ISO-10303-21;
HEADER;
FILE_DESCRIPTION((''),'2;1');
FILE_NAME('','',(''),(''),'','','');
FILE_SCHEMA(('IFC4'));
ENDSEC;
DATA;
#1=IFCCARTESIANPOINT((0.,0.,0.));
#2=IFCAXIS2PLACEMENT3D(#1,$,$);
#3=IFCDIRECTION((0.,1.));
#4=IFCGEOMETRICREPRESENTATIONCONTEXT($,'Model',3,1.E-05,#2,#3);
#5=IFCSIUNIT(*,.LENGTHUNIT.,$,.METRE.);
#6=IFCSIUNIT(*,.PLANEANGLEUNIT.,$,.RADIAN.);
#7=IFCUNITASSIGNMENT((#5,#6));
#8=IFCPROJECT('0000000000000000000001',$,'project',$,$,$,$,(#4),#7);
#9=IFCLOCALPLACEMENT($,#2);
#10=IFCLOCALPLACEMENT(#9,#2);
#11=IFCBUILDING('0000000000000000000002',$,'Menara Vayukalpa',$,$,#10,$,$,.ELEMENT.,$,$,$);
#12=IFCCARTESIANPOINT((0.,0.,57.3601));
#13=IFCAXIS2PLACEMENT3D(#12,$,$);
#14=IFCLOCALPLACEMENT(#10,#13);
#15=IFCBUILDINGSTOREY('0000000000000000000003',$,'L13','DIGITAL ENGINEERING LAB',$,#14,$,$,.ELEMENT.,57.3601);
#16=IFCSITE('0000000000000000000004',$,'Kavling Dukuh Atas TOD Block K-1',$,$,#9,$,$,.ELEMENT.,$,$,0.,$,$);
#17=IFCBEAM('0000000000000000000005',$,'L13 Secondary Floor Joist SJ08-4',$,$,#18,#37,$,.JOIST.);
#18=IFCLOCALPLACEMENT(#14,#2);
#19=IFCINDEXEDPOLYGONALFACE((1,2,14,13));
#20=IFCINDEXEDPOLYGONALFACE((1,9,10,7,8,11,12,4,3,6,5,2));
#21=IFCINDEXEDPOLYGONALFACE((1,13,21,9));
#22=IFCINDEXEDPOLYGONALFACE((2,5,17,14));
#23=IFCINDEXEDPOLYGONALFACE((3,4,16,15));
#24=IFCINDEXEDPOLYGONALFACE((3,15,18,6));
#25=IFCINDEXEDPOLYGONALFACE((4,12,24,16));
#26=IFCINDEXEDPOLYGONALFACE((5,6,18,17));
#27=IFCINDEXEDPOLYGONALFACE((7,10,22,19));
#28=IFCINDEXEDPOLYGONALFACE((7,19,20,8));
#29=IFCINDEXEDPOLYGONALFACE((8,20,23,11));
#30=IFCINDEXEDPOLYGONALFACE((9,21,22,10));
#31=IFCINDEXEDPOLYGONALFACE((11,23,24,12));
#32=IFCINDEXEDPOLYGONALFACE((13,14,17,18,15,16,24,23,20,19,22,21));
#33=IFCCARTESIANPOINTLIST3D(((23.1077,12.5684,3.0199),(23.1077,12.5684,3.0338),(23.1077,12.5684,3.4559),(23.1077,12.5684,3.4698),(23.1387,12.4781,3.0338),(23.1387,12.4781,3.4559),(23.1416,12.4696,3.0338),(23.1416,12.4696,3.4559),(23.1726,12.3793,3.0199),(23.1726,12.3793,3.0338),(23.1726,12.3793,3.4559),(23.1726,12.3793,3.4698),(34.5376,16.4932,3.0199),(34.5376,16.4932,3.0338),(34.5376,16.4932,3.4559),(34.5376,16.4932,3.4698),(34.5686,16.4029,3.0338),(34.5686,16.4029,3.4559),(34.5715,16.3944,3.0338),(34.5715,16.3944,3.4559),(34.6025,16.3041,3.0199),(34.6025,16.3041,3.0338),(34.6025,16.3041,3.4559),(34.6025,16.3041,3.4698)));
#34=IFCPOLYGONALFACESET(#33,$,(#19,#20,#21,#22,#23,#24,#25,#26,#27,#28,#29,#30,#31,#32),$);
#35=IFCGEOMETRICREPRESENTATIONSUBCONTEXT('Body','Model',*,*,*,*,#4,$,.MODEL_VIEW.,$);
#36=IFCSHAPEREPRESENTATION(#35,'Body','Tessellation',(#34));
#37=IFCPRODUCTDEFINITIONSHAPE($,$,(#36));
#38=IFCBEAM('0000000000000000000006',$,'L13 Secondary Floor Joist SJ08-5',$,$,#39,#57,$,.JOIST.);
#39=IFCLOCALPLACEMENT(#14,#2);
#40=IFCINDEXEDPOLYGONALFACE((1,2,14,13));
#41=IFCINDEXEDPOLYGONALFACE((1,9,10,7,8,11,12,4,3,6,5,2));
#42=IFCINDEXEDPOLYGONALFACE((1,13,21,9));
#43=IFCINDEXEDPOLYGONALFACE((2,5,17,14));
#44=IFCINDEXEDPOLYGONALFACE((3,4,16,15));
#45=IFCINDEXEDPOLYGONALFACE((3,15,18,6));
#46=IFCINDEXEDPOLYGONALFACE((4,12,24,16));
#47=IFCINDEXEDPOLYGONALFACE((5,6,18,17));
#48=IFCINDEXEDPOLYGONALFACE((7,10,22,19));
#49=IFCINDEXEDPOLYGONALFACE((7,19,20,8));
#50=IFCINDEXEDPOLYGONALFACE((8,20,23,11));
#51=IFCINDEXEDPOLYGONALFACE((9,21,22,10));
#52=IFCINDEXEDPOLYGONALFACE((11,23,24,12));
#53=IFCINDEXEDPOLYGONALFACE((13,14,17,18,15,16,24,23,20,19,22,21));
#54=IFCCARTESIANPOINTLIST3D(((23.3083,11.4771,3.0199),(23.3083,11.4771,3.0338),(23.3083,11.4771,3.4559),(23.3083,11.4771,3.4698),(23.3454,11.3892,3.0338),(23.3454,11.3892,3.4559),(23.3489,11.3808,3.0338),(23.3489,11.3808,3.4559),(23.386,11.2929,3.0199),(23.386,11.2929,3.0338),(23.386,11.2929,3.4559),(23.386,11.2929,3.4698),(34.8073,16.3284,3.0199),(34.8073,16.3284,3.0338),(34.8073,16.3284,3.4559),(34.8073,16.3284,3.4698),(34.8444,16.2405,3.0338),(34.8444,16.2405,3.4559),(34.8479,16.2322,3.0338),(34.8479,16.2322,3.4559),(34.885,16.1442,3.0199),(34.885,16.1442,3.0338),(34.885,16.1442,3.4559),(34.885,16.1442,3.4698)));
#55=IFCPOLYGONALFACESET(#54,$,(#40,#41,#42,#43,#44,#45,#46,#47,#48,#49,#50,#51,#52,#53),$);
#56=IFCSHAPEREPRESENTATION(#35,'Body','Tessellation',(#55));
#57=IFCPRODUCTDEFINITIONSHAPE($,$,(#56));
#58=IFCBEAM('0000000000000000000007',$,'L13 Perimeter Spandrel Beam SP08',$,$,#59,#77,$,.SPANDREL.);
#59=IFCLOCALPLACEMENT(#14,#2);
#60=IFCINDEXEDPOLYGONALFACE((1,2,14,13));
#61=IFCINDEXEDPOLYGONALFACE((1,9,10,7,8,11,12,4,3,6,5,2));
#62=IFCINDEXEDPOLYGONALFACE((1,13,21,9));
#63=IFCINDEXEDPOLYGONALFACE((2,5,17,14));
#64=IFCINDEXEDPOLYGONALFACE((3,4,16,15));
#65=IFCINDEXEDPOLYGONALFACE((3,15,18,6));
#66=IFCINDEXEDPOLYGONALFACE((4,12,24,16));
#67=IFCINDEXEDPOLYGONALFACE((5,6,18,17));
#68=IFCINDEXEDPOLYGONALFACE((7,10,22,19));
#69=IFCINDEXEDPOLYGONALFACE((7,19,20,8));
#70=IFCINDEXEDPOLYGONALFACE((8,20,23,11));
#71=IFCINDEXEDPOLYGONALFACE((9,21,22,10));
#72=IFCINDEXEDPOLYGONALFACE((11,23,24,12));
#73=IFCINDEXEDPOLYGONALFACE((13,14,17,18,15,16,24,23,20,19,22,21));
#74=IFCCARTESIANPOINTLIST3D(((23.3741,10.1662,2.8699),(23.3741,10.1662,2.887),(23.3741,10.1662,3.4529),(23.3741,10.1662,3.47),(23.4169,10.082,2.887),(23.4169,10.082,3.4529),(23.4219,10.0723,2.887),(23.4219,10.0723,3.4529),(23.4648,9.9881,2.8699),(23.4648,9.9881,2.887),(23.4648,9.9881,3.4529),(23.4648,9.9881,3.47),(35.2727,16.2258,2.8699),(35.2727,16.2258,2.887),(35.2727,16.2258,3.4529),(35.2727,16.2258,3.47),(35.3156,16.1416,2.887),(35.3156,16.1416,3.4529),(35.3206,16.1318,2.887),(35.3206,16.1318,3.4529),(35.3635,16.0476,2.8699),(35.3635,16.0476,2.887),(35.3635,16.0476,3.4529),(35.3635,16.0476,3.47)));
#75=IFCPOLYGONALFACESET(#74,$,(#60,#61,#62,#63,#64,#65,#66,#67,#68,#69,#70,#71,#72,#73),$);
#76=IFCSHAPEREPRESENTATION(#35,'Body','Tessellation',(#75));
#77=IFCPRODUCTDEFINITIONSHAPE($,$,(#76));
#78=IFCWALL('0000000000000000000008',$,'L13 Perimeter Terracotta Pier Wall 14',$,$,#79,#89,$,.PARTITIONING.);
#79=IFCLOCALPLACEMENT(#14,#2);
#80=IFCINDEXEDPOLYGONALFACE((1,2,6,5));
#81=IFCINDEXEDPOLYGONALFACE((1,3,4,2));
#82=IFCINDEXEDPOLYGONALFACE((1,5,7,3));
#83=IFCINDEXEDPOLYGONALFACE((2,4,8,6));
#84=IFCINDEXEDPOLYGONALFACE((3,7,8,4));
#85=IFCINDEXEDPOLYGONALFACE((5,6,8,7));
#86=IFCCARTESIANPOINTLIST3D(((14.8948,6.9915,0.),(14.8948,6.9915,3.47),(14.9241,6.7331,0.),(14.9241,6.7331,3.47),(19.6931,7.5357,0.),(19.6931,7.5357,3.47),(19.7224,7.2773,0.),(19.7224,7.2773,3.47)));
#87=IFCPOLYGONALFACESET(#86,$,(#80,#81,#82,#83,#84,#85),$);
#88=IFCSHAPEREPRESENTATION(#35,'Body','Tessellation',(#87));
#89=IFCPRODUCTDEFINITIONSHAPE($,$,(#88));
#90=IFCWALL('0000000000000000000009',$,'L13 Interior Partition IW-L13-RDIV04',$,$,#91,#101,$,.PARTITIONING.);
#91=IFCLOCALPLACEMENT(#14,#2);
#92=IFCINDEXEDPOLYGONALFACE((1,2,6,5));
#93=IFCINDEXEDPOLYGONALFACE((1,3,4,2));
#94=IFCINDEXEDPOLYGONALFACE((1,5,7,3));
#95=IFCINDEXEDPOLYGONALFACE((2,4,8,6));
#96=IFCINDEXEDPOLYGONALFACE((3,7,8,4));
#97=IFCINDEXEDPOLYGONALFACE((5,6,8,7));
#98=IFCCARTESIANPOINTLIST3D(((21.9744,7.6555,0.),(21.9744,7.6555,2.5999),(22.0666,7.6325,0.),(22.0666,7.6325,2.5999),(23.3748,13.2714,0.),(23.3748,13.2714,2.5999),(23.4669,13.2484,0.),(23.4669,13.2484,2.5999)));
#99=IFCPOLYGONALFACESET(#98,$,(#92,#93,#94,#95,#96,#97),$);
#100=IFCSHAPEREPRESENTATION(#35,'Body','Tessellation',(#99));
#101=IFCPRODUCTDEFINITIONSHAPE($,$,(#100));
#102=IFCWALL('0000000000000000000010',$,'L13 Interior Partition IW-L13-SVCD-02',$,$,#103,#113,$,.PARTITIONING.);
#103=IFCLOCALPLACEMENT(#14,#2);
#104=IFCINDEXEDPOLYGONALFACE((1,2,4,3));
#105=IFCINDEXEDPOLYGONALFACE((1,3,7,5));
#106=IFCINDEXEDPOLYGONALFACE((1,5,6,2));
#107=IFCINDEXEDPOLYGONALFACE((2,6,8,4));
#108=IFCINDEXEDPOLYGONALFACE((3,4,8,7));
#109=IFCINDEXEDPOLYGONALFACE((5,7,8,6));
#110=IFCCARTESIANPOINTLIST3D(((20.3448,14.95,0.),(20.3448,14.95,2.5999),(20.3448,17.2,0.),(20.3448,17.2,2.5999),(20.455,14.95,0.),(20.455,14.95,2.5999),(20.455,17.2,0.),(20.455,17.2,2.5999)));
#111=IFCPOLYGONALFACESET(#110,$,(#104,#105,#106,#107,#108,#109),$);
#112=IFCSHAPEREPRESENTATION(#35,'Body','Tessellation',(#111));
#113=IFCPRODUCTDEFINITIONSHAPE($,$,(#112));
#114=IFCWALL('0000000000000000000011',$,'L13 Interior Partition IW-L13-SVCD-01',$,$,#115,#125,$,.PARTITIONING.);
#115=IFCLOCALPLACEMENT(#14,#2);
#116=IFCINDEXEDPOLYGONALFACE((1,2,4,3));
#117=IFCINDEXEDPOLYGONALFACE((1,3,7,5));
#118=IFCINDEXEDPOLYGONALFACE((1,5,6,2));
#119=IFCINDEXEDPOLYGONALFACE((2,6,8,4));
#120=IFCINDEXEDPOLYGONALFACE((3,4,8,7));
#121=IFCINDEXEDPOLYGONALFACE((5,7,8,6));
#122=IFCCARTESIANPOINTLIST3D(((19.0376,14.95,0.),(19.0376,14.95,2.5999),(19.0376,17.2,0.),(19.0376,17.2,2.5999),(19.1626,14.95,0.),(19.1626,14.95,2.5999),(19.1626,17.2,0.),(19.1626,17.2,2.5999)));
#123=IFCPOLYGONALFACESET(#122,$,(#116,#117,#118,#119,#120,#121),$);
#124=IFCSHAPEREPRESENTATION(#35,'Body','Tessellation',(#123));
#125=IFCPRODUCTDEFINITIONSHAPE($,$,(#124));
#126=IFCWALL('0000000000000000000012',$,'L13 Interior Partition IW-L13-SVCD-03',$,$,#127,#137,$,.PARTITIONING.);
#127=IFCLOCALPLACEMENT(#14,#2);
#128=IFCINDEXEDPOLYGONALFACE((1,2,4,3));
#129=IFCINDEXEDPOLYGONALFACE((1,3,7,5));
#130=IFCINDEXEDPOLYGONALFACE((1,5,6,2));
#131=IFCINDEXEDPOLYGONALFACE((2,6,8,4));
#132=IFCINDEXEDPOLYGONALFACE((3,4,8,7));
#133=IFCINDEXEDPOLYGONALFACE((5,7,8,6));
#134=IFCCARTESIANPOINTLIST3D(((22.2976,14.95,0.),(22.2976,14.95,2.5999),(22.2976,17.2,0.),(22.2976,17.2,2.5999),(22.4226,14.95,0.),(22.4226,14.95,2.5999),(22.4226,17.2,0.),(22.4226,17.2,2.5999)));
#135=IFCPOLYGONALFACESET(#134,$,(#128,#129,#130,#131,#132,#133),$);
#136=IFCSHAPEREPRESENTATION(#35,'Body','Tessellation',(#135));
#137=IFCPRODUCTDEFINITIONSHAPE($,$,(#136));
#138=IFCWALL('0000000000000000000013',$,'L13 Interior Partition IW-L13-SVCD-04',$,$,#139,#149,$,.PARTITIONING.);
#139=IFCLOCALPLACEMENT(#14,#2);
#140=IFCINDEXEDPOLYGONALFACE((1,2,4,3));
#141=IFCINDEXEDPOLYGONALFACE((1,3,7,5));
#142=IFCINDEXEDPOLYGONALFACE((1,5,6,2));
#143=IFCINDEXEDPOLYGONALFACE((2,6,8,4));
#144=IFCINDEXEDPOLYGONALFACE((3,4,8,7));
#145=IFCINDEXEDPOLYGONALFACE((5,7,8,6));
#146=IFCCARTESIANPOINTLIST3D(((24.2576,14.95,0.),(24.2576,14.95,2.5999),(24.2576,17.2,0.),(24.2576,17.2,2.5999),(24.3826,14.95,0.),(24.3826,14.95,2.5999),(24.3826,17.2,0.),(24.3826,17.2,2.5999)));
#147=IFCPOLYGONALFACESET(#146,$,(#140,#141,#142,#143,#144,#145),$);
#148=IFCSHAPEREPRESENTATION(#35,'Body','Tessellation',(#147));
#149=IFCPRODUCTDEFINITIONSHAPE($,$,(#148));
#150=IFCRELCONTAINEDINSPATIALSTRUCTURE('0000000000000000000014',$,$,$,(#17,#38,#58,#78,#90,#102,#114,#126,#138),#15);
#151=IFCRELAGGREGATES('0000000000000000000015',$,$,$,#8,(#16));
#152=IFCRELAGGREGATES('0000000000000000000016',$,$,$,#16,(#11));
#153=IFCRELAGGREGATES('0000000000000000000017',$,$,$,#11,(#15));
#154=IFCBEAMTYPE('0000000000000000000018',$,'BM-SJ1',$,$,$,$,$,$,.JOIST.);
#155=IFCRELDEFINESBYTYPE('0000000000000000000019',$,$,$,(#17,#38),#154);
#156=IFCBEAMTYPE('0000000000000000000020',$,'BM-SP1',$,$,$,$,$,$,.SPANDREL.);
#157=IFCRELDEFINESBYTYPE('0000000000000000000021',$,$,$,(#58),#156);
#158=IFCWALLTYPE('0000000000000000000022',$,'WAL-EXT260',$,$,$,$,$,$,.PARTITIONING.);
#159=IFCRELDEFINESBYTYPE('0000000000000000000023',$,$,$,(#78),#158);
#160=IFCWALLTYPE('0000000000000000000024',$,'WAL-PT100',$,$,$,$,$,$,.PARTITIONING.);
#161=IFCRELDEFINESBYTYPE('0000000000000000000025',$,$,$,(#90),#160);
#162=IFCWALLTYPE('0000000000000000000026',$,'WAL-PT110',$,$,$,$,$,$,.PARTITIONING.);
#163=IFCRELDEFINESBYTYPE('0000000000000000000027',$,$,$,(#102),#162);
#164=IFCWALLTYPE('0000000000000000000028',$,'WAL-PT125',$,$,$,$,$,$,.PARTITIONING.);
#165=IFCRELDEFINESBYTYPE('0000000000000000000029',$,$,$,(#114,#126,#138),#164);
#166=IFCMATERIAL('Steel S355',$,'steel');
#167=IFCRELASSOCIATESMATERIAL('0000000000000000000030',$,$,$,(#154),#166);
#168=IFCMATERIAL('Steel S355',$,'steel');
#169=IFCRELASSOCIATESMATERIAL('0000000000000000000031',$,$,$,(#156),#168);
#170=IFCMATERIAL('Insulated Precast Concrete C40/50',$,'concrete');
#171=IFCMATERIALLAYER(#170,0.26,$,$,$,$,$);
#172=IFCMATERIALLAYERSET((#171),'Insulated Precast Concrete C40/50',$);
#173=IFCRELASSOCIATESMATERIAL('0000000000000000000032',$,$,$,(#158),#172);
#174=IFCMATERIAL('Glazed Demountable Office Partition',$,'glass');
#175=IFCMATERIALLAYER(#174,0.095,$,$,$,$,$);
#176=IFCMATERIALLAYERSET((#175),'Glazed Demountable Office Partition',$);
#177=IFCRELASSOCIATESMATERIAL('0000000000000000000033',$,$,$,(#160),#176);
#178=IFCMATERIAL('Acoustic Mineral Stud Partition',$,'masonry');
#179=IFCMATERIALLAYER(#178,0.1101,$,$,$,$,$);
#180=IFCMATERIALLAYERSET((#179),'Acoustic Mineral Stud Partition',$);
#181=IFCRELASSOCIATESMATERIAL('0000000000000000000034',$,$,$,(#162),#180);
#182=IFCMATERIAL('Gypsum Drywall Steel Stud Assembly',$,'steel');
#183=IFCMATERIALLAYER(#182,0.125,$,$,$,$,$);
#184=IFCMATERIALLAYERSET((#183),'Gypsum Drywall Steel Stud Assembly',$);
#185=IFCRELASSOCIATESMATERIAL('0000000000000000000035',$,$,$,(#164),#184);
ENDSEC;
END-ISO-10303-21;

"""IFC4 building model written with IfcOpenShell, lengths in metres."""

from ifc_helpers import new_model, si_unit, direction, frame, frame_2d, origin, origin_2d, place, context, subcontext, project, spatial, rectangle, i_section, extrude, material, layer, layer_set, material_profile, profile_set, type_object, element, save


model = new_model("IFC4")

# Units and contexts
model_context = context("Model", 3, precision=1e-05, world=origin(), true_north=direction((0.0, 1.0)))
body_context = subcontext(model_context, "Body", "Model", "MODEL_VIEW")
ifc_project = project(units=[si_unit("LENGTHUNIT", "METRE"), si_unit("PLANEANGLEUNIT", "RADIAN")], contexts=[model_context])

# Site, building, storey
site_placement = place(None, origin())
site = spatial("IfcSite", under=ifc_project, at=site_placement, Name="Kavling Dukuh Atas TOD Block K-1", CompositionType="ELEMENT", RefElevation=0.0)
building_placement = place(site_placement, origin())
building = spatial("IfcBuilding", under=site, at=building_placement, Name="Menara Vayukalpa", CompositionType="ELEMENT")
storey_placement = place(building_placement, frame((0.0, 0.0, 57.3601)))
storey = spatial("IfcBuildingStorey", under=building, at=storey_placement, Name="L13", Description="DIGITAL ENGINEERING LAB", CompositionType="ELEMENT", Elevation=57.3601)

# Beams
ifc_material_1 = material(Name="Steel S355", Category="steel")
ifc_material_profile_1 = material_profile(ifc_material_1, i_section(OverallWidth=0.2, OverallDepth=0.45, WebThickness=0.009, FlangeThickness=0.0139, at=origin_2d()), Name="WF 450x200x9x14")
ifc_profile_set_1 = profile_set([ifc_material_profile_1], Name="Steel S355")
beam_type_1 = type_object("IfcBeamType", Name="BM-SJ1", PredefinedType="JOIST", material=ifc_profile_set_1)
beam_1_placement = place(storey_placement, frame((23.1401, 12.4739, 3.2449), z_axis=(0.945794, 0.324766, 0.0), x_axis=(-0.324766, 0.945794, 0.0)))
element("IfcBeam", 1, at=beam_1_placement, inside=storey, type_object=beam_type_1, Name="L13 Secondary Floor Joist SJ08-4", PredefinedType="JOIST", context=body_context, shape_type="SweptSolid", body=[
    extrude(i_section(OverallWidth=0.2, OverallDepth=0.45, WebThickness=0.009, FlangeThickness=0.0139, at=origin_2d()), origin(), (0.0, 0.0, 1.0), 12.085),
])
beam_2_placement = place(storey_placement, frame((23.3472, 11.385, 3.2449), z_axis=(0.921359, 0.388712, 0.0), x_axis=(-0.388712, 0.921359, 0.0)))
element("IfcBeam", 2, at=beam_2_placement, inside=storey, type_object=beam_type_1, Name="L13 Secondary Floor Joist SJ08-5", PredefinedType="JOIST", context=body_context, shape_type="SweptSolid", body=[
    extrude(i_section(OverallWidth=0.2, OverallDepth=0.45, WebThickness=0.009, FlangeThickness=0.0139, at=origin_2d()), origin(), (0.0, 0.0, 1.0), 12.4805),
])
ifc_material_2 = material(Name="Steel S355", Category="steel")
ifc_material_profile_2 = material_profile(ifc_material_2, i_section(OverallWidth=0.2, OverallDepth=0.6001, WebThickness=0.011, FlangeThickness=0.0171, at=origin_2d()), Name="WF 600x200x11x17")
ifc_profile_set_2 = profile_set([ifc_material_profile_2], Name="Steel S355")
beam_type_2 = type_object("IfcBeamType", Name="BM-SP1", PredefinedType="SPANDREL", material=ifc_profile_set_2)
beam_3_placement = place(storey_placement, frame((23.4194, 10.0771, 3.1699), z_axis=(0.891101, 0.453806, 0.0), x_axis=(-0.453806, 0.891101, 0.0)))
element("IfcBeam", 3, at=beam_3_placement, inside=storey, type_object=beam_type_2, Name="L13 Perimeter Spandrel Beam SP08", PredefinedType="SPANDREL", context=body_context, shape_type="SweptSolid", body=[
    extrude(i_section(OverallWidth=0.2, OverallDepth=0.6001, WebThickness=0.011, FlangeThickness=0.0171, at=origin_2d()), origin(), (0.0, 0.0, 1.0), 13.3528),
])

# Walls
ifc_material_3 = material(Name="Insulated Precast Concrete C40/50", Category="concrete")
ifc_layer_1 = layer(ifc_material_3, 0.26)
ifc_layer_set_1 = layer_set([ifc_layer_1], Name="Insulated Precast Concrete C40/50")
wall_type_1 = type_object("IfcWallType", Name="WAL-EXT260", PredefinedType="PARTITIONING", material=ifc_layer_set_1)
wall_1_placement = place(storey_placement, frame((19.7078, 7.4065, 0.0), z_axis=(0.0, 0.0, 1.0), x_axis=(-0.99363, -0.11269, 0.0)))
element("IfcWall", 4, at=wall_1_placement, inside=storey, type_object=wall_type_1, Name="L13 Perimeter Terracotta Pier Wall 14", PredefinedType="PARTITIONING", context=body_context, shape_type="SweptSolid", body=[
    extrude(rectangle(XDim=4.8291, YDim=0.26, at=frame_2d((2.4146, 0.0))), origin(), (0.0, 0.0, 1.0), 3.47),
])
ifc_material_4 = material(Name="Glazed Demountable Office Partition", Category="glass")
ifc_layer_2 = layer(ifc_material_4, 0.095)
ifc_layer_set_2 = layer_set([ifc_layer_2], Name="Glazed Demountable Office Partition")
wall_type_2 = type_object("IfcWallType", Name="WAL-PT100", PredefinedType="PARTITIONING", material=ifc_layer_set_2)
wall_2_placement = place(storey_placement, frame((23.4209, 13.26, 0.0), z_axis=(0.0, 0.0, 1.0), x_axis=(-0.24195, -0.970289, 0.0)))
element("IfcWall", 5, at=wall_2_placement, inside=storey, type_object=wall_type_2, Name="L13 Interior Partition IW-L13-RDIV04", PredefinedType="PARTITIONING", context=body_context, shape_type="SweptSolid", body=[
    extrude(rectangle(XDim=5.7878, YDim=0.095, at=frame_2d((2.894, 0.0))), origin(), (0.0, 0.0, 1.0), 2.5999),
])
ifc_material_5 = material(Name="Acoustic Mineral Stud Partition", Category="masonry")
ifc_layer_3 = layer(ifc_material_5, 0.1101)
ifc_layer_set_3 = layer_set([ifc_layer_3], Name="Acoustic Mineral Stud Partition")
wall_type_3 = type_object("IfcWallType", Name="WAL-PT110", PredefinedType="PARTITIONING", material=ifc_layer_set_3)
wall_3_placement = place(storey_placement, frame((20.3999, 14.95, 0.0), z_axis=(0.0, 0.0, 1.0), x_axis=(0.0, 1.0, 0.0)))
element("IfcWall", 6, at=wall_3_placement, inside=storey, type_object=wall_type_3, Name="L13 Interior Partition IW-L13-SVCD-02", PredefinedType="PARTITIONING", context=body_context, shape_type="SweptSolid", body=[
    extrude(rectangle(XDim=2.25, YDim=0.1101, at=frame_2d((1.125, 0.0))), origin(), (0.0, 0.0, 1.0), 2.5999),
])
ifc_material_6 = material(Name="Gypsum Drywall Steel Stud Assembly", Category="steel")
ifc_layer_4 = layer(ifc_material_6, 0.125)
ifc_layer_set_4 = layer_set([ifc_layer_4], Name="Gypsum Drywall Steel Stud Assembly")
wall_type_4 = type_object("IfcWallType", Name="WAL-PT125", PredefinedType="PARTITIONING", material=ifc_layer_set_4)
for number, where, z_axis, x_axis, name in (
    (7, (19.1001, 14.95, 0.0), (0.0, 0.0, 1.0), (0.0, 1.0, 0.0), "L13 Interior Partition IW-L13-SVCD-01"),
    (8, (22.3601, 14.95, 0.0), (0.0, 0.0, 1.0), (0.0, 1.0, 0.0), "L13 Interior Partition IW-L13-SVCD-03"),
    (9, (24.3201, 14.95, 0.0), (0.0, 0.0, 1.0), (0.0, 1.0, 0.0), "L13 Interior Partition IW-L13-SVCD-04"),
):
    element("IfcWall", number, at=place(storey_placement, frame(where, z_axis=z_axis, x_axis=x_axis)), inside=storey, type_object=wall_type_4, Name=name, PredefinedType="PARTITIONING", context=body_context, shape_type="SweptSolid", body=[
        extrude(rectangle(XDim=2.25, YDim=0.125, at=frame_2d((1.125, 0.0))), origin(), (0.0, 0.0, 1.0), 2.5999),
    ])

save(model, "model.ifc")
